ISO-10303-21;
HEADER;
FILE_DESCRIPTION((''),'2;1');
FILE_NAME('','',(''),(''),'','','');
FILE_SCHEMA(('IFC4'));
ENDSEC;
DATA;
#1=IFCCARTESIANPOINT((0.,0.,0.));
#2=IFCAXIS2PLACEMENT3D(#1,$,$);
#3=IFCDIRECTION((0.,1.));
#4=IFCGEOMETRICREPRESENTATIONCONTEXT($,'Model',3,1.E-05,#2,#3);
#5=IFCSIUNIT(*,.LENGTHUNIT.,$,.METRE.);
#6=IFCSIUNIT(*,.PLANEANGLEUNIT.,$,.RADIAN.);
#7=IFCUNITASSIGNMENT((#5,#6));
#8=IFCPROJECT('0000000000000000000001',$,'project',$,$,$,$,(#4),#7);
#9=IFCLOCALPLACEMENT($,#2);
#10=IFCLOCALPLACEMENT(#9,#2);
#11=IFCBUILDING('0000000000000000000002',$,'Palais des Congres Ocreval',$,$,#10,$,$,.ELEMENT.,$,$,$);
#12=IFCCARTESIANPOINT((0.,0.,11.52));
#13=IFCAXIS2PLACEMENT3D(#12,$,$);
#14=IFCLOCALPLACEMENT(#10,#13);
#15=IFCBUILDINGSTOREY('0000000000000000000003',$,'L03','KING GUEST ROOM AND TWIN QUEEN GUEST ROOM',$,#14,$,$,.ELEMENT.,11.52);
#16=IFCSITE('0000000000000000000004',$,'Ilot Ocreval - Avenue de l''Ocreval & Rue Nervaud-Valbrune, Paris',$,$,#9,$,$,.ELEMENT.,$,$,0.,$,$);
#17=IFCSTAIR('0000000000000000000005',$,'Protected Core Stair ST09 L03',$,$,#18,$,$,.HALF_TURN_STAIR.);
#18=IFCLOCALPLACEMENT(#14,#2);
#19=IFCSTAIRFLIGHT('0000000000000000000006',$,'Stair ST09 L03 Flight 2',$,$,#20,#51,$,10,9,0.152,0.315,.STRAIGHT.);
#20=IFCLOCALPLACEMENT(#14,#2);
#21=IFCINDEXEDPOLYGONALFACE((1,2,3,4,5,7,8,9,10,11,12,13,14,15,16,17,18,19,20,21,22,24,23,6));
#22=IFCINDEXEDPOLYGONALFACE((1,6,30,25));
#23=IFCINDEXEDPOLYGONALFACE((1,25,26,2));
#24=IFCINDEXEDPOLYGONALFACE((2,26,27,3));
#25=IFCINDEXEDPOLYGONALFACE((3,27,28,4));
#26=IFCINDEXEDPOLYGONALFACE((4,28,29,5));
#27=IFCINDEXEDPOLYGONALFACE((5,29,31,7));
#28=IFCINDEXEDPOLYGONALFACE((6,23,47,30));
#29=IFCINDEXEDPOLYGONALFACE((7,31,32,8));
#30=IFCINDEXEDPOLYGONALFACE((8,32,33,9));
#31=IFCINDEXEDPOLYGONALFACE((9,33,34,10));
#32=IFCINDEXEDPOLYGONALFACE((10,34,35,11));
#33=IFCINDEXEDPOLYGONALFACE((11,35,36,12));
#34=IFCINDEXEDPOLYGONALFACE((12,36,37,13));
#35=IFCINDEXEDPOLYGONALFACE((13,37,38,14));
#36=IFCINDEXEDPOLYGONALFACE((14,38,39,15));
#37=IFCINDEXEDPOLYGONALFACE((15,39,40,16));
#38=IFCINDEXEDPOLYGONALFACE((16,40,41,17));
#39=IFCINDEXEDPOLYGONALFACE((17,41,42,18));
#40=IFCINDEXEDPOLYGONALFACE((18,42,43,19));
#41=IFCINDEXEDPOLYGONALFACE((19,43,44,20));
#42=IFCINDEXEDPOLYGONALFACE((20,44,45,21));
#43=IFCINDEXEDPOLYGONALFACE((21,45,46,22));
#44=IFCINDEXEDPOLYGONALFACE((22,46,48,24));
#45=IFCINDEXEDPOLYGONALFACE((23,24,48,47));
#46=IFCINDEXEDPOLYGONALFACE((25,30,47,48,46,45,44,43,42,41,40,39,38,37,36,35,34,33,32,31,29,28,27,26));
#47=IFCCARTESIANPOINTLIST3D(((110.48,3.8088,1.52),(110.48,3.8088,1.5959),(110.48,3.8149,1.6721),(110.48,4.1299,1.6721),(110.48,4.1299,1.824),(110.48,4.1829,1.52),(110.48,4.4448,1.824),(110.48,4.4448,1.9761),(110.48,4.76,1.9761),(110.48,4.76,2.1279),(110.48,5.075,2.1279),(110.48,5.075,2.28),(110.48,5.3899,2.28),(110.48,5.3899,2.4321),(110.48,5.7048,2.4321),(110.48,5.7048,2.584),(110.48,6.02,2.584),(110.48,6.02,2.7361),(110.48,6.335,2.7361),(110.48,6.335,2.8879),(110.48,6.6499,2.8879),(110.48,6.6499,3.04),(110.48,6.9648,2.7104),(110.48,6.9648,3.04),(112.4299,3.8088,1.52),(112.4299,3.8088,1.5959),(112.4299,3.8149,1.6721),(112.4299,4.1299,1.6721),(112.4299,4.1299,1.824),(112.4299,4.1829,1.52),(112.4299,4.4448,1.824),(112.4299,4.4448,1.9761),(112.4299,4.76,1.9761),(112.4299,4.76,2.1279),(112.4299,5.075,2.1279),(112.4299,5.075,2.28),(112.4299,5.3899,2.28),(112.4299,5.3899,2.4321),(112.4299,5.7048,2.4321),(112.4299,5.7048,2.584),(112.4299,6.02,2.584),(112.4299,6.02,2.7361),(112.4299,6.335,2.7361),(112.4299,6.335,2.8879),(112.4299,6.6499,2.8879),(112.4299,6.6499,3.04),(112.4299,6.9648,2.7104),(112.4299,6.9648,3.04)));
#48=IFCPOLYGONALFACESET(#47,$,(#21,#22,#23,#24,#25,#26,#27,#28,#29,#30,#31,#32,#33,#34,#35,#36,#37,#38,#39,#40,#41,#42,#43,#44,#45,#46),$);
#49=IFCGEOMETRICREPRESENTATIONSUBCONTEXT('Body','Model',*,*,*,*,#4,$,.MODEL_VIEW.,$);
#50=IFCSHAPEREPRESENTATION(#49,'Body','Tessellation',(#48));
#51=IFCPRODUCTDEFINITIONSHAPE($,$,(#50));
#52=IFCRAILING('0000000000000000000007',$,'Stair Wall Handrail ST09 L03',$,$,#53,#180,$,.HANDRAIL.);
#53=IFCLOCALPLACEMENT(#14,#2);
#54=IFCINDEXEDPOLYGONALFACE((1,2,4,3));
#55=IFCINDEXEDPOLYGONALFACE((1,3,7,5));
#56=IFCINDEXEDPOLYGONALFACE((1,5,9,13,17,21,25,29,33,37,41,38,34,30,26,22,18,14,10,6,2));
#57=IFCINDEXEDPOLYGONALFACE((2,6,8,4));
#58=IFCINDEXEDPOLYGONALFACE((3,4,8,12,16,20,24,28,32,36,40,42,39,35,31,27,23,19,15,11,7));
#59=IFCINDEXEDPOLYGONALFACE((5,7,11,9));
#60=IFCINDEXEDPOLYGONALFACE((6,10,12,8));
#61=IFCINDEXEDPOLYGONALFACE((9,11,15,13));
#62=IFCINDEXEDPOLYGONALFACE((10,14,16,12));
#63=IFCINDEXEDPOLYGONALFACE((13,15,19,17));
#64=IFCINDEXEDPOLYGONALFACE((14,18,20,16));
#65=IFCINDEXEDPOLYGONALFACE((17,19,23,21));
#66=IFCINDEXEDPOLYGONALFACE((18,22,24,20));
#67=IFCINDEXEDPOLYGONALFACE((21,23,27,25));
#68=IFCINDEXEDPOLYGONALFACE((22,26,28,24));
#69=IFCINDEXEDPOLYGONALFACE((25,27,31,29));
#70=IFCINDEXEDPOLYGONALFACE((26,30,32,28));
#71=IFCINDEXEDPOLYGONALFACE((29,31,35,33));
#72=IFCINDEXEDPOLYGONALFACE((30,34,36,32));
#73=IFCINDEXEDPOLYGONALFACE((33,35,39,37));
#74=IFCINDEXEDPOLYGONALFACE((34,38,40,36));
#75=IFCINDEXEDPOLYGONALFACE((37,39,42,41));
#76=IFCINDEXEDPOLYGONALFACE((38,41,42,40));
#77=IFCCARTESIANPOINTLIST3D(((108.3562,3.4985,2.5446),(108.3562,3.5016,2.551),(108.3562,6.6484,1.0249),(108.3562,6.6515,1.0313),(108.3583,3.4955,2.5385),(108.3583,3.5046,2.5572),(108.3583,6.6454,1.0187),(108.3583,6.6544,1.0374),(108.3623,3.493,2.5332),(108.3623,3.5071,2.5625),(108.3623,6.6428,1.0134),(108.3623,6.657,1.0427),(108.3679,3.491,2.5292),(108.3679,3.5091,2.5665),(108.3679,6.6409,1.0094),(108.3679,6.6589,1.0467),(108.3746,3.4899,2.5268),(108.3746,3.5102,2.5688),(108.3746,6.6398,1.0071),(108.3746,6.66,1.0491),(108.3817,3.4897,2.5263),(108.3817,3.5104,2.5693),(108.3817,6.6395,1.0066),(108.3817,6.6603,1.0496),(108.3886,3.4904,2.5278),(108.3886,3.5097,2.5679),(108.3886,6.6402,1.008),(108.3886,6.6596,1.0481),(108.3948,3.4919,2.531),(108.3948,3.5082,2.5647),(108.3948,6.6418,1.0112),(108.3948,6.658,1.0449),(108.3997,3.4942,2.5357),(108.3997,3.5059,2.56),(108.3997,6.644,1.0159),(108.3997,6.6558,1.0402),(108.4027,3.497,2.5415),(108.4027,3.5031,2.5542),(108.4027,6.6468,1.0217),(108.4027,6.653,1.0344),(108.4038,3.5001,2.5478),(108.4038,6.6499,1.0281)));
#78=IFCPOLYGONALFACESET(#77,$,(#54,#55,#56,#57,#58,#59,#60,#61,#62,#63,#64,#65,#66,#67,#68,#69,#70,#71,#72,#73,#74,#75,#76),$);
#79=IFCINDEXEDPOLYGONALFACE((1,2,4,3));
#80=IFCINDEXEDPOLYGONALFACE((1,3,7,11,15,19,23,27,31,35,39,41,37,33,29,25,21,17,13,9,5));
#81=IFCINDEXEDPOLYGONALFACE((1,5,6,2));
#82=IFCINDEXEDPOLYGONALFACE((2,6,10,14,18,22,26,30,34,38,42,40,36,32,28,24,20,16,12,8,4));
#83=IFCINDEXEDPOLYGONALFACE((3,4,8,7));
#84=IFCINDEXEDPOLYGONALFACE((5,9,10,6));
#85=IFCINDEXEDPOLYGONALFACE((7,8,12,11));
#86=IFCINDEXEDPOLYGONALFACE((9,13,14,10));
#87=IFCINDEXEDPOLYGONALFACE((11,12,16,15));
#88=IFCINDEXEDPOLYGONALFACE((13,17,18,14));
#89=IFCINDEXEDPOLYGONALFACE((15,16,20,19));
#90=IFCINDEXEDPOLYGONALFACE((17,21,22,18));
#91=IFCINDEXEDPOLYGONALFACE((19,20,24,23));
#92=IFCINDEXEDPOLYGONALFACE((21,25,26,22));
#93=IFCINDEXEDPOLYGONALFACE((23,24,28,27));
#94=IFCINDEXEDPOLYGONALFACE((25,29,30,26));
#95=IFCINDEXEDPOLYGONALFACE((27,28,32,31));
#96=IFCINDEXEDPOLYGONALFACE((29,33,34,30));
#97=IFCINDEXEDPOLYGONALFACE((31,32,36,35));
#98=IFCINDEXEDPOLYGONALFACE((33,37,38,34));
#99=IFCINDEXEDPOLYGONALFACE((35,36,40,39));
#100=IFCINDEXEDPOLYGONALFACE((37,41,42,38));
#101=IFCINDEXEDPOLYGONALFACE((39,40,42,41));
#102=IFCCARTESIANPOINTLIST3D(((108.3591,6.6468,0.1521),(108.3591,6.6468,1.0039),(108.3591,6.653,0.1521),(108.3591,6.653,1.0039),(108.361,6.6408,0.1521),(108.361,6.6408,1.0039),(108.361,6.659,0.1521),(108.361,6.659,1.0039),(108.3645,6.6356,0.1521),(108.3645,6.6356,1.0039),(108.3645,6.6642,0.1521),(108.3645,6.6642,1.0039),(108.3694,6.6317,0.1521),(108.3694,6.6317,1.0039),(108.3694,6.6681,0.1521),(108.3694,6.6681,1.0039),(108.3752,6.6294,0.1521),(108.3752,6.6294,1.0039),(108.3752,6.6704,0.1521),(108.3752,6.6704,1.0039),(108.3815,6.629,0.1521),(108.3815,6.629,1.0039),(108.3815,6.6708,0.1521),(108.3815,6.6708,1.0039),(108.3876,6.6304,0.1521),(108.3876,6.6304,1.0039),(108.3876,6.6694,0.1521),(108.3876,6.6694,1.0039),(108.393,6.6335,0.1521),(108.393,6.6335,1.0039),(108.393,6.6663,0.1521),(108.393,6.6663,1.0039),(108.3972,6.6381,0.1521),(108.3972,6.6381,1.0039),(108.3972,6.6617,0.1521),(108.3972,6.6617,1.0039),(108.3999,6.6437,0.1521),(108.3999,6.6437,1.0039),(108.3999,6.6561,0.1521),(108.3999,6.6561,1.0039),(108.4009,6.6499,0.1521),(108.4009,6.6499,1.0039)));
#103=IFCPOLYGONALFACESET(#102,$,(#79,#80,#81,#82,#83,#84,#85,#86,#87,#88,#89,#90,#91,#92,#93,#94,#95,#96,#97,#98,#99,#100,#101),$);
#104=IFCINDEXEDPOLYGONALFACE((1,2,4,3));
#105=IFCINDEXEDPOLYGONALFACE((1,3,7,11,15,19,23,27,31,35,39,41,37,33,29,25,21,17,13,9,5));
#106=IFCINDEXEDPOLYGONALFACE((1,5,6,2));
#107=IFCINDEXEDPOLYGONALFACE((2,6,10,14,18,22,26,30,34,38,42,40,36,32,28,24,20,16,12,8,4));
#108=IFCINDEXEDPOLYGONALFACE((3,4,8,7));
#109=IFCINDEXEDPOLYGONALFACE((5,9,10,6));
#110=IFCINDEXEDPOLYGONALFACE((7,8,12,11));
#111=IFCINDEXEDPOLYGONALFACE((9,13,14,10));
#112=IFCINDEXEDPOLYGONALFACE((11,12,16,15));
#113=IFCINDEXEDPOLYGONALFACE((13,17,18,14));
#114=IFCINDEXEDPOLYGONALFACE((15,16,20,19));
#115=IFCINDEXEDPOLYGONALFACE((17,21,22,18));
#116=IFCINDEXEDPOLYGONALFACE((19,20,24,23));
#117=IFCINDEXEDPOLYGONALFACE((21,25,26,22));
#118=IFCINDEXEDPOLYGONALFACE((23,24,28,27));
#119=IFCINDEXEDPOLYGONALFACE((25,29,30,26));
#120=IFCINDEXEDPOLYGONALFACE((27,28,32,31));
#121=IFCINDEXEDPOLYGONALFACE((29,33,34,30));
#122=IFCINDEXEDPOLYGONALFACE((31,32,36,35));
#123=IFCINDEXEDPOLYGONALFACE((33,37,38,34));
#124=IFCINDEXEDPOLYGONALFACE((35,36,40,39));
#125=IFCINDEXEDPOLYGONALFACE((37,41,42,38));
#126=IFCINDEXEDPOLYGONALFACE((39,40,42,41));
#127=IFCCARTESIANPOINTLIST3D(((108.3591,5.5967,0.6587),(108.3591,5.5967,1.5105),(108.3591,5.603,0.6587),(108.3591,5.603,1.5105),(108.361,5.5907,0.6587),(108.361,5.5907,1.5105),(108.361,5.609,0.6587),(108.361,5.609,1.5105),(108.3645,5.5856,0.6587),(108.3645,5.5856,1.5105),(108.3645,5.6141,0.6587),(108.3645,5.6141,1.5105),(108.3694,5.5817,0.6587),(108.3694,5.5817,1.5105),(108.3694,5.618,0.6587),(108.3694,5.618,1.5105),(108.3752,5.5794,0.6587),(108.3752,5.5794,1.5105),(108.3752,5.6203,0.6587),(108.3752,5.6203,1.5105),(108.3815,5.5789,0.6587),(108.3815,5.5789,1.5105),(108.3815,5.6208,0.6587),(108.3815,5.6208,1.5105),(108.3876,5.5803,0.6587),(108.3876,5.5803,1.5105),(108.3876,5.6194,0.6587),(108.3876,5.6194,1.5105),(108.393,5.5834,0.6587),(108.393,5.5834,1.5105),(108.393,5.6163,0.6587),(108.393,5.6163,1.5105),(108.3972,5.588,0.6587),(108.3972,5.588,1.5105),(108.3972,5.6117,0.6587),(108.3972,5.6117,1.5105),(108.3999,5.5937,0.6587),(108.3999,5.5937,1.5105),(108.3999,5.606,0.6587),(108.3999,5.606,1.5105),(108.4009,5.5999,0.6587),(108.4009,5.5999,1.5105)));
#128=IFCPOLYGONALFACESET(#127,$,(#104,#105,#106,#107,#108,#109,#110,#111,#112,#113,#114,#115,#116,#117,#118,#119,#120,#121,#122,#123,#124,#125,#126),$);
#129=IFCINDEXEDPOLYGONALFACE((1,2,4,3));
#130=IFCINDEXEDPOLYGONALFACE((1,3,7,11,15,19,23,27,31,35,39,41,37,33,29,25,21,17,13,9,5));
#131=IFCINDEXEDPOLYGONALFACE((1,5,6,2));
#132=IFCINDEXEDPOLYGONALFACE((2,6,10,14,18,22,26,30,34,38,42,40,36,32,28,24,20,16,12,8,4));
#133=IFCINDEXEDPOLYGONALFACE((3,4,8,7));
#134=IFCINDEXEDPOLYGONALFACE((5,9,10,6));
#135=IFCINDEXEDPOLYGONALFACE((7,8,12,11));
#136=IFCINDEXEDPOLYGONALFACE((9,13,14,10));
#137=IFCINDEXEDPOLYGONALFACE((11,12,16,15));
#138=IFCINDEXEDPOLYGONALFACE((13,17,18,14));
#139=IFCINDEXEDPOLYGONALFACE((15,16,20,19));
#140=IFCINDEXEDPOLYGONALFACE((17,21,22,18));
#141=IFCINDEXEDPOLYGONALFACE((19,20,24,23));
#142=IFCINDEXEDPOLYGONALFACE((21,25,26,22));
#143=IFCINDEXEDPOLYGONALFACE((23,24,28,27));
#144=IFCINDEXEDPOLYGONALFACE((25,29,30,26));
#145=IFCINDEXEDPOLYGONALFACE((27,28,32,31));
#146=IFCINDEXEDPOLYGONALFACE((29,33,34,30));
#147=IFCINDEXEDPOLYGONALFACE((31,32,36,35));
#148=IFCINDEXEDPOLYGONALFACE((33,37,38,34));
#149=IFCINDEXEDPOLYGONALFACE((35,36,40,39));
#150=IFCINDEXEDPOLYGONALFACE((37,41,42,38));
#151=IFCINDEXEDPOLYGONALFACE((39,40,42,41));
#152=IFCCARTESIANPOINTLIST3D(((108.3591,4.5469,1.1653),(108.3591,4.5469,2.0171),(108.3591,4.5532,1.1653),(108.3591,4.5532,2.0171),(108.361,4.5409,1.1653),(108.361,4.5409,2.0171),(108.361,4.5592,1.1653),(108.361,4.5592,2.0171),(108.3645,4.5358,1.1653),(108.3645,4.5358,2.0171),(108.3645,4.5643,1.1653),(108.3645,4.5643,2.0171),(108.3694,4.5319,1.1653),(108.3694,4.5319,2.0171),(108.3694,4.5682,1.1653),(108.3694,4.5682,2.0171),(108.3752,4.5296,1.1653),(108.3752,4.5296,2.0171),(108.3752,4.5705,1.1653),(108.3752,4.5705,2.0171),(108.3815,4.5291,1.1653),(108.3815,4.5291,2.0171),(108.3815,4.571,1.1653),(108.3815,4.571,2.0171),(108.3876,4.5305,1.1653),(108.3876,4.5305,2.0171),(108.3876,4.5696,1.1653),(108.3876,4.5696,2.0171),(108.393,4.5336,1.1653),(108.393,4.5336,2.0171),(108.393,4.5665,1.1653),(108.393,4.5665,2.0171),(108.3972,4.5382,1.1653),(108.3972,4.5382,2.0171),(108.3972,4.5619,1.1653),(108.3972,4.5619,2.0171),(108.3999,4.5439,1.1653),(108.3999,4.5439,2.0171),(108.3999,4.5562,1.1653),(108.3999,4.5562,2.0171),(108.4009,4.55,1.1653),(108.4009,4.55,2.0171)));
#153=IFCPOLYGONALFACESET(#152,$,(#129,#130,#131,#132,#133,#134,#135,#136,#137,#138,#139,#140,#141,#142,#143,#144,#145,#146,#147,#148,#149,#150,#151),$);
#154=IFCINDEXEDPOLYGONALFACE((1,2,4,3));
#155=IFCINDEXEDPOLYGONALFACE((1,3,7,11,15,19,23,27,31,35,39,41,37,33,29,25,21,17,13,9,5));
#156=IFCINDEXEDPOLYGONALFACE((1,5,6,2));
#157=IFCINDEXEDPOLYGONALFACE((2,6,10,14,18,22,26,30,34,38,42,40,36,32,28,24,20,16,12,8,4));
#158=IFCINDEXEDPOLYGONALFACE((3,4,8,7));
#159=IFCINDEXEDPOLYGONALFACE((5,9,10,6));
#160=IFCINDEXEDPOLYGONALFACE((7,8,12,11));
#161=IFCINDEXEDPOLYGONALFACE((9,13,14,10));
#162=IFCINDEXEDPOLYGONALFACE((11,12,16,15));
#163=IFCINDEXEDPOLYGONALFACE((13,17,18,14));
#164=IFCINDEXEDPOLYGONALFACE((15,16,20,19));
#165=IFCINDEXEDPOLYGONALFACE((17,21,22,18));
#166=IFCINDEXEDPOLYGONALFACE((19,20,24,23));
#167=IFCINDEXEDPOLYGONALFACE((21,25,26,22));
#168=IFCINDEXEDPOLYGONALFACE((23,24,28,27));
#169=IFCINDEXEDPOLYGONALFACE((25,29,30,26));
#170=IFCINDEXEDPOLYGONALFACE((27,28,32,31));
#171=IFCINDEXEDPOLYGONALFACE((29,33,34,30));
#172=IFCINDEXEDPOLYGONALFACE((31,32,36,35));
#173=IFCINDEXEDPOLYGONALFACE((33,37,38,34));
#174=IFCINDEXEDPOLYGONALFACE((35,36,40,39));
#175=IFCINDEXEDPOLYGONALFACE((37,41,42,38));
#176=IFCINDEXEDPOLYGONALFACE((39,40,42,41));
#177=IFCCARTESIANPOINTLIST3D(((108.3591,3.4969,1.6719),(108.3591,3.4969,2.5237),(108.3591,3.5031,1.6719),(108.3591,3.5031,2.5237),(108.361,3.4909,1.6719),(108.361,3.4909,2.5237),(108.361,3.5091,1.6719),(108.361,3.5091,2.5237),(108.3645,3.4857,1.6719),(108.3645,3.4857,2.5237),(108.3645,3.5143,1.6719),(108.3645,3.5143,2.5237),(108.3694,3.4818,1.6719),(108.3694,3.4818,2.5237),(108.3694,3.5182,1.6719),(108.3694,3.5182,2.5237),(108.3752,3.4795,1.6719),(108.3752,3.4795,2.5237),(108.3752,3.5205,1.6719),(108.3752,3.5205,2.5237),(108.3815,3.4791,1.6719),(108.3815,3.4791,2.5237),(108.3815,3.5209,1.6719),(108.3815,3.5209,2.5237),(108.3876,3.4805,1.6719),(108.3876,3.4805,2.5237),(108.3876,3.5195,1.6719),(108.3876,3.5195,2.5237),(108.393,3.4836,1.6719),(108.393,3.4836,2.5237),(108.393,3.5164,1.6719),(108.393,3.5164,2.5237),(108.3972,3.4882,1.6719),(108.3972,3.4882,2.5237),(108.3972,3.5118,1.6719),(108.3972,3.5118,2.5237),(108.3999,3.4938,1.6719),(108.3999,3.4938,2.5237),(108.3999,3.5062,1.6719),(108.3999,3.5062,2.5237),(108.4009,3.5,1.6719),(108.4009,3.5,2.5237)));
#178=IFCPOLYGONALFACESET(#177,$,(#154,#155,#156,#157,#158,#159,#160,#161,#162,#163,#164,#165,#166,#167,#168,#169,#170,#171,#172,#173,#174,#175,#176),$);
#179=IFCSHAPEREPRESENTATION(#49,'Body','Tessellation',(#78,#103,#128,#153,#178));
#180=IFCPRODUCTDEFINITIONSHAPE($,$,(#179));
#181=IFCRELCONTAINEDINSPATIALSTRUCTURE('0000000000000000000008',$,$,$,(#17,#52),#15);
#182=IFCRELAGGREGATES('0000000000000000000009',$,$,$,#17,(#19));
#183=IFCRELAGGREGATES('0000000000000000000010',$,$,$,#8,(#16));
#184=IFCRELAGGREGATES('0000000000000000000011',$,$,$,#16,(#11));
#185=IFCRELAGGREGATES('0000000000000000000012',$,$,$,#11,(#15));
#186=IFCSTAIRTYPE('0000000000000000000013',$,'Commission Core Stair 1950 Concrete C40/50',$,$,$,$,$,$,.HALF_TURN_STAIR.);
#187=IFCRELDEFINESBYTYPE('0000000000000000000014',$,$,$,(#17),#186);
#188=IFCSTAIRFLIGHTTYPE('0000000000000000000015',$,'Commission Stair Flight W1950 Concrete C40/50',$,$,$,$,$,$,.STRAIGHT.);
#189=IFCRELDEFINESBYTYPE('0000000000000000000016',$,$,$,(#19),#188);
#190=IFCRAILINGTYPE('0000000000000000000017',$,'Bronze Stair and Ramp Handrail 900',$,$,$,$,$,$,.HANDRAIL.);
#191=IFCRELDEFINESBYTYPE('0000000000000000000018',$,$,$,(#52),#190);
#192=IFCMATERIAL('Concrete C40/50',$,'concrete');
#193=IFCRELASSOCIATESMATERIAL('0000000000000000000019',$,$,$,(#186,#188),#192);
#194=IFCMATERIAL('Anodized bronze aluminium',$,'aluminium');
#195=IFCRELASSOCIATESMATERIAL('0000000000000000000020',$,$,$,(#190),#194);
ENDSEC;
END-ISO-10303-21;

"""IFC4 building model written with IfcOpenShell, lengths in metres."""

from ifc_helpers import new_model, si_unit, direction, frame, origin, origin_2d, place, context, subcontext, project, spatial, polyline, circle, outline, extrude, material, type_object, element, aggregate, save


model = new_model("IFC4")

# Units and contexts
model_context = context("Model", 3, precision=1e-05, world=origin(), true_north=direction((0.0, 1.0)))
body_context = subcontext(model_context, "Body", "Model", "MODEL_VIEW")
ifc_project = project(units=[si_unit("LENGTHUNIT", "METRE"), si_unit("PLANEANGLEUNIT", "RADIAN")], contexts=[model_context])

# Site, building, storey
site_placement = place(None, origin())
site = spatial("IfcSite", under=ifc_project, at=site_placement, Name="Ilot Ocreval - Avenue de l'Ocreval & Rue Nervaud-Valbrune, Paris", CompositionType="ELEMENT", RefElevation=0.0)
building_placement = place(site_placement, origin())
building = spatial("IfcBuilding", under=site, at=building_placement, Name="Palais des Congres Ocreval", CompositionType="ELEMENT")
storey_placement = place(building_placement, frame((0.0, 0.0, 11.52)))
storey = spatial("IfcBuildingStorey", under=building, at=storey_placement, Name="L03", Description="KING GUEST ROOM AND TWIN QUEEN GUEST ROOM", CompositionType="ELEMENT", Elevation=11.52)

# Shared definitions
ifc_material_1 = material(Name="Concrete C40/50", Category="concrete")

# Shared definitions
ifc_material_2 = material(Name="Anodized bronze aluminium", Category="aluminium")

# Stair, stair flight
stair_type = type_object("IfcStairType", Name="Commission Core Stair 1950 Concrete C40/50", PredefinedType="HALF_TURN_STAIR", material=ifc_material_1)
stair_placement = place(storey_placement, origin())
stair = element("IfcStair", 1, at=stair_placement, inside=storey, type_object=stair_type, Name="Protected Core Stair ST09 L03", PredefinedType="HALF_TURN_STAIR")
stair_flight_type = type_object("IfcStairFlightType", Name="Commission Stair Flight W1950 Concrete C40/50", PredefinedType="STRAIGHT", material=ifc_material_1)
stair_flight_1_placement = place(storey_placement, frame((111.4551, 3.8149, 1.52), z_axis=(0.0, 0.0, 1.0), x_axis=(0.0, 1.0, 0.0)))
stair_flight_1 = element("IfcStairFlight", 2, at=stair_flight_1_placement, type_object=stair_flight_type, Name="Stair ST09 L03 Flight 2", NumberOfRisers=10, NumberOfTreads=9, PredefinedType="STRAIGHT", RiserHeight=0.152, TreadLength=0.315, context=body_context, shape_type="SweptSolid", body=[
    extrude(outline(polyline([(-0.0061, 0.0), (-0.0061, 0.0759), (0.0, 0.1521), (0.3149, 0.1521), (0.3149, 0.304), (0.6299, 0.304), (0.6299, 0.4561), (0.9451, 0.4561), (0.9451, 0.6079), (1.26, 0.6079), (1.26, 0.76), (1.575, 0.76), (1.575, 0.9121), (1.8899, 0.9121), (1.8899, 1.064), (2.2051, 1.064), (2.2051, 1.2161), (2.52, 1.2161), (2.52, 1.3679), (2.835, 1.3679), (2.835, 1.52), (3.1499, 1.52), (3.1499, 1.1904), (0.3679, 0.0), (-0.0061, 0.0)])), frame((0.0, 0.9751, 0.0), z_axis=(0.0, -1.0, 0.0), x_axis=(1.0, 0.0, 0.0)), (0.0, 0.0, 1.0), 1.95),
])
aggregate(stair, [stair_flight_1])

# Railing
railing_type_1 = type_object("IfcRailingType", Name="Bronze Stair and Ramp Handrail 900", PredefinedType="HANDRAIL", material=ifc_material_2)
railing_1_placement = place(storey_placement, frame((108.3799, 6.6499, 0.1521)))
element("IfcRailing", 3, at=railing_1_placement, inside=storey, type_object=railing_type_1, Name="Stair Wall Handrail ST09 L03", PredefinedType="HANDRAIL", context=body_context, shape_type="SweptSolid", body=[
    extrude(circle(Radius=0.0239, at=origin_2d()), frame((0.0, 0.0, 0.876), z_axis=(0.0, -0.900649, 0.434548), x_axis=(1.0, 0.0, 0.0)), (0.0, 0.0, 1.0), 3.4973),
    extrude(circle(Radius=0.021, at=origin_2d()), origin(), (0.0, 0.0, 1.0), 0.8518),
    extrude(circle(Radius=0.021, at=origin_2d()), frame((0.0, -1.05, 0.5066)), (0.0, 0.0, 1.0), 0.8518),
    extrude(circle(Radius=0.021, at=origin_2d()), frame((0.0, -2.0999, 1.0132)), (0.0, 0.0, 1.0), 0.8518),
    extrude(circle(Radius=0.021, at=origin_2d()), frame((0.0, -3.1499, 1.5198)), (0.0, 0.0, 1.0), 0.8518),
])

save(model, "model.ifc")
